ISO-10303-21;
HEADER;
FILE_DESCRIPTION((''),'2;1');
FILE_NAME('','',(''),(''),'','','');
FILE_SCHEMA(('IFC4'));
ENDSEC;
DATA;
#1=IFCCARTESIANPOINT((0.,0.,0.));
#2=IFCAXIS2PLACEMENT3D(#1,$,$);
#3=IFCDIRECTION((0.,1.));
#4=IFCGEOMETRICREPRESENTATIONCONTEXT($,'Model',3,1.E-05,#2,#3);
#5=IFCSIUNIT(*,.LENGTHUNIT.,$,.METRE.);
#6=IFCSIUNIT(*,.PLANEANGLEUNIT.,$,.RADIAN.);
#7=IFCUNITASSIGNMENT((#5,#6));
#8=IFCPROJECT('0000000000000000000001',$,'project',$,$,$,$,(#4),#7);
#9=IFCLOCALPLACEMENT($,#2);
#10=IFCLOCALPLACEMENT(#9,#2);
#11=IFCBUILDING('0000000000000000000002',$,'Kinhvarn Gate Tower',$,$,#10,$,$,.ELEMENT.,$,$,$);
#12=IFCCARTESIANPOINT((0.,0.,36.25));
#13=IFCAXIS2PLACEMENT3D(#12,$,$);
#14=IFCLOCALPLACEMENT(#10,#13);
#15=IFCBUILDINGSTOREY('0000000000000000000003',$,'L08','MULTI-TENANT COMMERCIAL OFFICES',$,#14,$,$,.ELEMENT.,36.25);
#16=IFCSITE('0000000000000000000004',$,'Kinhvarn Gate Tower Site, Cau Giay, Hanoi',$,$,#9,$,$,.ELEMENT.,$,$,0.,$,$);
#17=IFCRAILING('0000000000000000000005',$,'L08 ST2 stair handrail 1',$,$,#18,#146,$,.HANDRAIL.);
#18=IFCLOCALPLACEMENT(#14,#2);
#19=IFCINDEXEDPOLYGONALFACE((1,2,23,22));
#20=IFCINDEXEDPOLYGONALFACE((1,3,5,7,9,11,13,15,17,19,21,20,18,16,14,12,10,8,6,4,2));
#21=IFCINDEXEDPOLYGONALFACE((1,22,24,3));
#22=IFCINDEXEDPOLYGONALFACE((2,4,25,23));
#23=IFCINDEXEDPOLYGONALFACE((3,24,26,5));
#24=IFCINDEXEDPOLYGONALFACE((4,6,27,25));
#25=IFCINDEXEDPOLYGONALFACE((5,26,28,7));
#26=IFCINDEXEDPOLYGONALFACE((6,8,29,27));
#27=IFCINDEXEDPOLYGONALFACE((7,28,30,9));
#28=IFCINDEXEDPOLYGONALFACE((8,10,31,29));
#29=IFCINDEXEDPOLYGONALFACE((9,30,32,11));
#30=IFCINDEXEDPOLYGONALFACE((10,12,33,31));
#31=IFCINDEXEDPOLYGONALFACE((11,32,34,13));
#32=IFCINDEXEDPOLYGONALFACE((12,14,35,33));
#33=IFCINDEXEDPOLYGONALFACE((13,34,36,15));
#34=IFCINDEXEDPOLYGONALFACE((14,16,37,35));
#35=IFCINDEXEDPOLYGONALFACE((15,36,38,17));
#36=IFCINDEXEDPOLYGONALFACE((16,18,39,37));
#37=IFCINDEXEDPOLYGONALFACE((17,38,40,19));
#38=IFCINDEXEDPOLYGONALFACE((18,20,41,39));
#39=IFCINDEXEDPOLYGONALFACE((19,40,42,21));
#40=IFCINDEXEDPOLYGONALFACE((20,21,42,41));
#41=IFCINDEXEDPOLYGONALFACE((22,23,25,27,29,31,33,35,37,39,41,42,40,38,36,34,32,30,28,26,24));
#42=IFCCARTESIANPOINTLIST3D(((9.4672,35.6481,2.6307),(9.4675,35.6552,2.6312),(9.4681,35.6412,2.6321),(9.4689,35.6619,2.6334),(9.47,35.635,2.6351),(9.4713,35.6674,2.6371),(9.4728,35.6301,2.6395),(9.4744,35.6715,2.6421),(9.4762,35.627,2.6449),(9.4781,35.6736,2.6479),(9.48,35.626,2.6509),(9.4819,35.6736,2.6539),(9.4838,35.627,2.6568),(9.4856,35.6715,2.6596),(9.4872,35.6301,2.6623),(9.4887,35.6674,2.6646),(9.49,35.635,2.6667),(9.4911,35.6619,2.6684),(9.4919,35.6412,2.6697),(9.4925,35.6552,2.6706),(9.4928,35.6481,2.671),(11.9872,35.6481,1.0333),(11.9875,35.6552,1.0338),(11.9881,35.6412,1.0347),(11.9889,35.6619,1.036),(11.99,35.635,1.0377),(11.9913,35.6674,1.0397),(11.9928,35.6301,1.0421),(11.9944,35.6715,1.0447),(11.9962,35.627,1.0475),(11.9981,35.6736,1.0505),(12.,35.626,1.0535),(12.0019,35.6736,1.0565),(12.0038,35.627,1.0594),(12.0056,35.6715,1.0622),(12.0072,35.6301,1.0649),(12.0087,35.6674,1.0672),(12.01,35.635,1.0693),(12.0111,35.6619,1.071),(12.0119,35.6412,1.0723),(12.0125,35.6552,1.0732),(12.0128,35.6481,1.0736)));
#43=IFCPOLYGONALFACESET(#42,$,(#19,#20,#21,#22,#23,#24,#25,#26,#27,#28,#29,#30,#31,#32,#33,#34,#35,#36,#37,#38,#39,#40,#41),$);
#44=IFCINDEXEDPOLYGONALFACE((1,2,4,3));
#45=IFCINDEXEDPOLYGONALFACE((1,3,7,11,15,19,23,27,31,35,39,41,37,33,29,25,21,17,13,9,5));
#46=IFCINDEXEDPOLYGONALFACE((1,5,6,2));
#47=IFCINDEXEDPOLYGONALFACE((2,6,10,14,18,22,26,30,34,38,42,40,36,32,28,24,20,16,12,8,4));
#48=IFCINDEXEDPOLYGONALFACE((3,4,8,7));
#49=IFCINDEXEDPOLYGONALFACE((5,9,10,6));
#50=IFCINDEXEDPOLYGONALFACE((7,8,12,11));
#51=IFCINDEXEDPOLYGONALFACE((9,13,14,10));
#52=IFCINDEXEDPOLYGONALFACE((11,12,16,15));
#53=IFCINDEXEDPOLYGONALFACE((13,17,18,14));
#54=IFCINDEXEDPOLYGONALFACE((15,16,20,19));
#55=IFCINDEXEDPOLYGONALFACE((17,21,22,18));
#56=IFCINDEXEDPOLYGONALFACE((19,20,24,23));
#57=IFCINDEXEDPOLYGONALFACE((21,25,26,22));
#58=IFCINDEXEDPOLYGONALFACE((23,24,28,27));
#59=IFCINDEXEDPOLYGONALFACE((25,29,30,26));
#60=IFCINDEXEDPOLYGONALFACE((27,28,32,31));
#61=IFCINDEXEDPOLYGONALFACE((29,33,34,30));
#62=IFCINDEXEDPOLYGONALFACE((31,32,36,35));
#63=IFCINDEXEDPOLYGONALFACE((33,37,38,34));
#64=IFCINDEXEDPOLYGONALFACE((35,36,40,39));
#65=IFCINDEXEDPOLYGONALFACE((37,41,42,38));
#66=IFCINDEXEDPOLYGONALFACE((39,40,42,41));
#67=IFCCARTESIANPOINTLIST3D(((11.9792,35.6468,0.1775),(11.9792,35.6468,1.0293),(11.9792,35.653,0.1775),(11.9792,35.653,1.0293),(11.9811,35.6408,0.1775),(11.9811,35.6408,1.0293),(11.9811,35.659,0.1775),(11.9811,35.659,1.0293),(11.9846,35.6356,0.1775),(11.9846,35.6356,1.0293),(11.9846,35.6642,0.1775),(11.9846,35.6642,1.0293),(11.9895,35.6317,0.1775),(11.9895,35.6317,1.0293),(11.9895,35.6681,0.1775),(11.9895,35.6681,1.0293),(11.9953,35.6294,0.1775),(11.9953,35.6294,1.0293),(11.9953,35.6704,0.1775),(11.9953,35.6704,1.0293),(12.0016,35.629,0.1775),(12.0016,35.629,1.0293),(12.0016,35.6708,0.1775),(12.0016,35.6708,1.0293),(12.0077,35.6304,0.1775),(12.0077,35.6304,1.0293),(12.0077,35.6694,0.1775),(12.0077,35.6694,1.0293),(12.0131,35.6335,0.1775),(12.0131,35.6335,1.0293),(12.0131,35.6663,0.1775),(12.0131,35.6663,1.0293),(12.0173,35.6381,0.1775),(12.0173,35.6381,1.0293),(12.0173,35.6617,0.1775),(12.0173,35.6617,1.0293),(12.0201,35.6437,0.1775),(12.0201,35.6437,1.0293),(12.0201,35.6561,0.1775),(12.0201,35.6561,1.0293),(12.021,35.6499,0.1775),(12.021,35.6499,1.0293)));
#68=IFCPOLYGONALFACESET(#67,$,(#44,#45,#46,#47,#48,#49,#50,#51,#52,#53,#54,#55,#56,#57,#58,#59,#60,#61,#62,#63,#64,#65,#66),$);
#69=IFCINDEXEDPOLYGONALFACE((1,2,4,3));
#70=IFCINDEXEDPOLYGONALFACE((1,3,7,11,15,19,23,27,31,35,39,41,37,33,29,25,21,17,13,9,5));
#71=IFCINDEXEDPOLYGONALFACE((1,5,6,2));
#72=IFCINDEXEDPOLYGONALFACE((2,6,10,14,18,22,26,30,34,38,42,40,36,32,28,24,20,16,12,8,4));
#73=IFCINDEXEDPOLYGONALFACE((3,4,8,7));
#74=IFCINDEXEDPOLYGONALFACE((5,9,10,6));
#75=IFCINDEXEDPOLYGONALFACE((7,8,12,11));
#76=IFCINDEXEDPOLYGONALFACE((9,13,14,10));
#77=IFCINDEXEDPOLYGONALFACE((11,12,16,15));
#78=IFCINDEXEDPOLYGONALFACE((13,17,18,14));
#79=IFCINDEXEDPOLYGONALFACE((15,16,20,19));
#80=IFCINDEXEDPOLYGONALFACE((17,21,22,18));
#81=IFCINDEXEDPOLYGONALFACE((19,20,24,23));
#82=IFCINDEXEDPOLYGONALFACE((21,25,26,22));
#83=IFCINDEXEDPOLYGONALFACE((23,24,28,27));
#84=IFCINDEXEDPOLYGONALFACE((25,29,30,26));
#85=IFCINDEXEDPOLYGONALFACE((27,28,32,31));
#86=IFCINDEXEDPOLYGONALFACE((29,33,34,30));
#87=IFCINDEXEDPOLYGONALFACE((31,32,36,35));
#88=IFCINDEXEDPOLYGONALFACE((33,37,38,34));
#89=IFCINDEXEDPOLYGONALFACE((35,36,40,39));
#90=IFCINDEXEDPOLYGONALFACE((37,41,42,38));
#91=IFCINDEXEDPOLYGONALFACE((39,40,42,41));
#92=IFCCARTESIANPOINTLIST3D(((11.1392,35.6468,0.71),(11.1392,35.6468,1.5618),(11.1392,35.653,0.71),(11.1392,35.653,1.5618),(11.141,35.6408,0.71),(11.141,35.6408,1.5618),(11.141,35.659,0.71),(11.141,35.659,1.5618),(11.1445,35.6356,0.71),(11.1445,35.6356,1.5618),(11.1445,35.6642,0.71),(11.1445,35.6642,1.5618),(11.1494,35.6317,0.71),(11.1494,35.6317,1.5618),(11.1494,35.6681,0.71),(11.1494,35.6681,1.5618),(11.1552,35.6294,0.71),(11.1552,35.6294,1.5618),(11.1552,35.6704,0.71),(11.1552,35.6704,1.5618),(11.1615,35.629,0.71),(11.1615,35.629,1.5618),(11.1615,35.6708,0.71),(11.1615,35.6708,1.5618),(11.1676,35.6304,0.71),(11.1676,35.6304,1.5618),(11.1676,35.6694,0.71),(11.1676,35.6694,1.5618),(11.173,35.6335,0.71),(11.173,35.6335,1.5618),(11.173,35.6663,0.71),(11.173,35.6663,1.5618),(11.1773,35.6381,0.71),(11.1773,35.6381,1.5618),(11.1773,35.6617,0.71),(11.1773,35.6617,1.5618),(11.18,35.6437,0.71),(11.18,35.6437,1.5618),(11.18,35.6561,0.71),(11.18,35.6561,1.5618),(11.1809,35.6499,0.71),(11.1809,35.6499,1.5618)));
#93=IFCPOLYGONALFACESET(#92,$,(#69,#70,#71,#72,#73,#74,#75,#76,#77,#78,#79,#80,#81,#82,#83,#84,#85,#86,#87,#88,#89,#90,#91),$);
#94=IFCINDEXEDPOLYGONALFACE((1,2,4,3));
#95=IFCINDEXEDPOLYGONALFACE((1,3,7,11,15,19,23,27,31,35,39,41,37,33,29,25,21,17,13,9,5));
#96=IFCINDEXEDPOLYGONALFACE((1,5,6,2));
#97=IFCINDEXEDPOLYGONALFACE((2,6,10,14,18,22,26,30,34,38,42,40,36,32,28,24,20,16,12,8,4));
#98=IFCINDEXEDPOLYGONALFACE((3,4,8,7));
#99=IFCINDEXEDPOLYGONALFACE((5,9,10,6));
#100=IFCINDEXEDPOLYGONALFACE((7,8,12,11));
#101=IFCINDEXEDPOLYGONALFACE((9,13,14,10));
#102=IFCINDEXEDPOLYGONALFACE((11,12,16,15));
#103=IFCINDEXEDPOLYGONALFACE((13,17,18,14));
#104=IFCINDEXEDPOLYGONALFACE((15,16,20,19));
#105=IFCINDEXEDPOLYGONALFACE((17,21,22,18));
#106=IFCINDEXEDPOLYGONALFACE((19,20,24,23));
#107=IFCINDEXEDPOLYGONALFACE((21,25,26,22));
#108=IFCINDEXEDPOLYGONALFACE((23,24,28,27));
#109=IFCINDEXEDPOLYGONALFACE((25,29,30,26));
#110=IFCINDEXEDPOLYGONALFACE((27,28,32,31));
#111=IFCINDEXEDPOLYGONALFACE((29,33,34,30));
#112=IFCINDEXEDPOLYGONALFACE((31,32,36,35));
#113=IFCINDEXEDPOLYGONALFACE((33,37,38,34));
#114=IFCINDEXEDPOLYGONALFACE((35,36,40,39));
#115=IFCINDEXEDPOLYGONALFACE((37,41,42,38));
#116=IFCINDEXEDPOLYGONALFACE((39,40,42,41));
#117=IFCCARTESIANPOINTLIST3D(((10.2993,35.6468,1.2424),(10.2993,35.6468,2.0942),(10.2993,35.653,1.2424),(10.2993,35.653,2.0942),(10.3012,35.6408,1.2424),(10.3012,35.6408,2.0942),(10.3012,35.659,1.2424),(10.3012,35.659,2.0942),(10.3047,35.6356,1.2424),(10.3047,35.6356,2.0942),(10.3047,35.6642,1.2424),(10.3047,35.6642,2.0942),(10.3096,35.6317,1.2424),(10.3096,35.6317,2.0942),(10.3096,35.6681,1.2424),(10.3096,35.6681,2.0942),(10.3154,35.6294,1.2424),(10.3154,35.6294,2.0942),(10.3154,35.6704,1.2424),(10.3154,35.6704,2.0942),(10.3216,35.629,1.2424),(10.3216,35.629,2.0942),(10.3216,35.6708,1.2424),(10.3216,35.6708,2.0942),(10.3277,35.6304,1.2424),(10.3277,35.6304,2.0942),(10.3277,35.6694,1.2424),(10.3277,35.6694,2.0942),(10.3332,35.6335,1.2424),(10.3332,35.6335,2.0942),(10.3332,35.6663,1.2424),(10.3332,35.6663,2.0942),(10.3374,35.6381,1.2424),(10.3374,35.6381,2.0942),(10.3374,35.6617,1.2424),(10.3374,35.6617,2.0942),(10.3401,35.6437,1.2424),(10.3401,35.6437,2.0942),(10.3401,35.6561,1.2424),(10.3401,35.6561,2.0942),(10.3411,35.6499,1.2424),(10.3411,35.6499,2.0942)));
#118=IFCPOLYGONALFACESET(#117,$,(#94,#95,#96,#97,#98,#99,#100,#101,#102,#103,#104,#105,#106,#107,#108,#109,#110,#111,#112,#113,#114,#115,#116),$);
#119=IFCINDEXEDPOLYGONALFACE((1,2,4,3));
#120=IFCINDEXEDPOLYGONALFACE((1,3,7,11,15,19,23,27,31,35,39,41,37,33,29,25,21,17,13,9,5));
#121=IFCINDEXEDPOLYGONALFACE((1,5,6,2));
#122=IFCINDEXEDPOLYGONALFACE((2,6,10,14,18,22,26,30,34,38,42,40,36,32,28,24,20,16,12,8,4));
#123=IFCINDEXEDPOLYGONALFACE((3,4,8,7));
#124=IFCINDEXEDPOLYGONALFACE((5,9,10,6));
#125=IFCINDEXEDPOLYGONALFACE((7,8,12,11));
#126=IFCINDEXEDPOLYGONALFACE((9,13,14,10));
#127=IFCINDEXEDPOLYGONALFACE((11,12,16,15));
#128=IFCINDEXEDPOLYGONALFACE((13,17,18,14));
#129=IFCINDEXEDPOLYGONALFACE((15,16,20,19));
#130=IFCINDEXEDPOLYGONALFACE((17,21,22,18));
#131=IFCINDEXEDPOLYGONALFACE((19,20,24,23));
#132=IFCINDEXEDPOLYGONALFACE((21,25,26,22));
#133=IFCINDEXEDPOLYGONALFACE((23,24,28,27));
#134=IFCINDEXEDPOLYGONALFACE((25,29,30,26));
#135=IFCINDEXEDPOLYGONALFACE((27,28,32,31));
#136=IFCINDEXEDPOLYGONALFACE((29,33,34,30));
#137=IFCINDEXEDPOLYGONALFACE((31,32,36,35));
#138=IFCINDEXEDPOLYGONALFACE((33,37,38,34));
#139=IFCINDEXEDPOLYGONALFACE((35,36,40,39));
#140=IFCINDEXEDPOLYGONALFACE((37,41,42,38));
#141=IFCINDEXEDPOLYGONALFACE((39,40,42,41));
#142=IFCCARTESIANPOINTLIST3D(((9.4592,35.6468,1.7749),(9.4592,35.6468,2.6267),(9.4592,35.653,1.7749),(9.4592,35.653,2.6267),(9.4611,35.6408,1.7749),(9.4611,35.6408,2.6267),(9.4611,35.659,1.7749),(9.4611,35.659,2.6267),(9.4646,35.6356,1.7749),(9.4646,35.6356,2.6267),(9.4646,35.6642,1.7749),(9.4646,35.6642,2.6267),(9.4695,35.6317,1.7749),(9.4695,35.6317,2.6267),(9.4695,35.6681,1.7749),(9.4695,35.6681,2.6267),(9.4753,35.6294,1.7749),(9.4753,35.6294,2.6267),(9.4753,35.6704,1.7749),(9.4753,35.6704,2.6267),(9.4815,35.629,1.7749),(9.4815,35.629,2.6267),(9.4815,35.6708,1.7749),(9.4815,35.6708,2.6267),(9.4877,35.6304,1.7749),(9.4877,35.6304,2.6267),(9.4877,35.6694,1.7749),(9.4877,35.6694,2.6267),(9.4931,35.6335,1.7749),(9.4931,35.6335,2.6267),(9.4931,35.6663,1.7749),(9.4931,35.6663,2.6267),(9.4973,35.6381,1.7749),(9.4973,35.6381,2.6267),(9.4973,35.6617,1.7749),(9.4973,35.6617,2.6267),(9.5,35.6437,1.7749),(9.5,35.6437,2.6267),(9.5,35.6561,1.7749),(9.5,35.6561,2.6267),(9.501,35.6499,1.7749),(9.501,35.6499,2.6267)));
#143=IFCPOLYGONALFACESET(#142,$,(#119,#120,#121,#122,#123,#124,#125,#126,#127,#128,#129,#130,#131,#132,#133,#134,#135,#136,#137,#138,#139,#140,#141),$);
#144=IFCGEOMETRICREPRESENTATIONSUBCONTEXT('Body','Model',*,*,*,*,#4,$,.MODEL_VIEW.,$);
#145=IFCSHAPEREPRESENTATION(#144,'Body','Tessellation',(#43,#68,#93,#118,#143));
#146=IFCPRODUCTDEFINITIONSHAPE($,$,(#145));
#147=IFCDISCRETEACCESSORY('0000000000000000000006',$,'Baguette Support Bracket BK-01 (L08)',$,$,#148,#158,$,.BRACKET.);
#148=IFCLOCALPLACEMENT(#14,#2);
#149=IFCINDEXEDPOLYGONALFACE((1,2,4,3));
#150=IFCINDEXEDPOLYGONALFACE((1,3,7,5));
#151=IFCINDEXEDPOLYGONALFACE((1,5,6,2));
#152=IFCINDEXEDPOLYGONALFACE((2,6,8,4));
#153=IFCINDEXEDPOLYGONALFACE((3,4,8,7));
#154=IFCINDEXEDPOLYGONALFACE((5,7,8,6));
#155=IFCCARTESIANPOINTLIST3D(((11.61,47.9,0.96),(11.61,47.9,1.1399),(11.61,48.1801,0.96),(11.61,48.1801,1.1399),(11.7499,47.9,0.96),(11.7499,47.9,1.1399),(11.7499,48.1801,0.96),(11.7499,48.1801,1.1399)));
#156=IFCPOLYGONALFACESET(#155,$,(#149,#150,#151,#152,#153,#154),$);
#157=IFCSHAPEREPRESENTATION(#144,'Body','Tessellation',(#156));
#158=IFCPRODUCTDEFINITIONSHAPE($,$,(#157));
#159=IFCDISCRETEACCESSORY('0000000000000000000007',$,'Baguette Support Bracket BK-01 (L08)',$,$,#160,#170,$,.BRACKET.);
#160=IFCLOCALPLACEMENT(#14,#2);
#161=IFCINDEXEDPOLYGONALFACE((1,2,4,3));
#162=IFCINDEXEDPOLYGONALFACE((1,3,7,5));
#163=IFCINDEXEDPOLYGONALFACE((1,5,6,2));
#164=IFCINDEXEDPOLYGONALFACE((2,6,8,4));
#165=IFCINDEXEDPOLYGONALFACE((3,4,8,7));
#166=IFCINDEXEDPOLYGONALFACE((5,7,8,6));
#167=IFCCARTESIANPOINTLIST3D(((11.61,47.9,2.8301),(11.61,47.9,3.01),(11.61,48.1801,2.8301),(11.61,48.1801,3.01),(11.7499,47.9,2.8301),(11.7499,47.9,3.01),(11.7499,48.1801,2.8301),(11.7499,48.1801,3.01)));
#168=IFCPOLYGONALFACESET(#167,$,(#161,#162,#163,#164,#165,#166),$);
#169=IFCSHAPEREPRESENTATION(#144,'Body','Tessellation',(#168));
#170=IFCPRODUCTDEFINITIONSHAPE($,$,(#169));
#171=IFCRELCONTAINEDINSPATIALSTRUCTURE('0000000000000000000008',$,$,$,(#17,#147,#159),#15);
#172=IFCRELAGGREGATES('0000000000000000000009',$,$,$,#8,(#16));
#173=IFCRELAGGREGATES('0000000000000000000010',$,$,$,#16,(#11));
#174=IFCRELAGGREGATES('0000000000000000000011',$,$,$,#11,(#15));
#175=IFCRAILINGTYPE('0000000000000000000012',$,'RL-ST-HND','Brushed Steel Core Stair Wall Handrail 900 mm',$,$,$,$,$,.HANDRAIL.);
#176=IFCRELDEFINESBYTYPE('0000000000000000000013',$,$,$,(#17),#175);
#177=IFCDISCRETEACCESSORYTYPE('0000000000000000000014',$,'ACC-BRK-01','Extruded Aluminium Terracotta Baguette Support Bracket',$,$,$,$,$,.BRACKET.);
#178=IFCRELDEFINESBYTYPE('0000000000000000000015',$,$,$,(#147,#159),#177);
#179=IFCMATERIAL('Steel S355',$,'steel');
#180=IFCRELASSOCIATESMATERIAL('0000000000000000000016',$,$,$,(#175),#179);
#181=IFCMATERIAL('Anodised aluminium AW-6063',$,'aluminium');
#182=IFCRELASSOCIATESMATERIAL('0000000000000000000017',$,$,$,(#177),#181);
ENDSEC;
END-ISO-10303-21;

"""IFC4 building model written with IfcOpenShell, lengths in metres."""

from ifc_helpers import new_model, si_unit, direction, frame, origin, origin_2d, place, context, subcontext, project, spatial, rectangle, circle, extrude, material, type_object, element, save


model = new_model("IFC4")

# Units and contexts
model_context = context("Model", 3, precision=1e-05, world=origin(), true_north=direction((0.0, 1.0)))
body_context = subcontext(model_context, "Body", "Model", "MODEL_VIEW")
ifc_project = project(units=[si_unit("LENGTHUNIT", "METRE"), si_unit("PLANEANGLEUNIT", "RADIAN")], contexts=[model_context])

# Site, building, storey
site_placement = place(None, origin())
site = spatial("IfcSite", under=ifc_project, at=site_placement, Name="Kinhvarn Gate Tower Site, Cau Giay, Hanoi", CompositionType="ELEMENT", RefElevation=0.0)
building_placement = place(site_placement, origin())
building = spatial("IfcBuilding", under=site, at=building_placement, Name="Kinhvarn Gate Tower", CompositionType="ELEMENT")
storey_placement = place(building_placement, frame((0.0, 0.0, 36.25)))
storey = spatial("IfcBuildingStorey", under=building, at=storey_placement, Name="L08", Description="MULTI-TENANT COMMERCIAL OFFICES", CompositionType="ELEMENT", Elevation=36.25)

# Shared definitions
ifc_material_1 = material(Name="Anodised aluminium AW-6063", Category="aluminium")

# Shared definitions
ifc_material_2 = material(Name="Steel S355", Category="steel")

# Railing
railing_type_1 = type_object("IfcRailingType", Name="RL-ST-HND", Description="Brushed Steel Core Stair Wall Handrail 900 mm", PredefinedType="HANDRAIL", material=ifc_material_2)
railing_1_placement = place(storey_placement, frame((12.0, 35.6499, 0.1775)))
element("IfcRailing", 1, at=railing_1_placement, inside=storey, type_object=railing_type_1, Name="L08 ST2 stair handrail 1", PredefinedType="HANDRAIL", context=body_context, shape_type="SweptSolid", body=[
    extrude(circle(Radius=0.0239, at=origin_2d()), frame((0.0, 0.0, 0.876), z_axis=(-0.844607, 0.0, 0.535387), x_axis=(0.0, -1.0, 0.0)), (0.0, 0.0, 1.0), 2.9836),
    extrude(circle(Radius=0.021, at=origin_2d()), origin(), (0.0, 0.0, 1.0), 0.8518),
    extrude(circle(Radius=0.021, at=origin_2d()), frame((-0.8401, 0.0, 0.5325)), (0.0, 0.0, 1.0), 0.8518),
    extrude(circle(Radius=0.021, at=origin_2d()), frame((-1.6799, 0.0, 1.0649)), (0.0, 0.0, 1.0), 0.8518),
    extrude(circle(Radius=0.021, at=origin_2d()), frame((-2.52, 0.0, 1.5974)), (0.0, 0.0, 1.0), 0.8518),
])

# Discrete accessories
discrete_accessory_type = type_object("IfcDiscreteAccessoryType", Name="ACC-BRK-01", Description="Extruded Aluminium Terracotta Baguette Support Bracket", PredefinedType="BRACKET", material=ifc_material_1)
for number, where, z_axis, x_axis, name in (
    (2, (11.6799, 48.04, 0.96), (0.0, 0.0, 1.0), (-1.0, 0.0, 0.0), "Baguette Support Bracket BK-01 (L08)"),
    (3, (11.6799, 48.04, 2.8301), (0.0, 0.0, 1.0), (-1.0, 0.0, 0.0), "Baguette Support Bracket BK-01 (L08)"),
):
    element("IfcDiscreteAccessory", number, at=place(storey_placement, frame(where, z_axis=z_axis, x_axis=x_axis)), inside=storey, type_object=discrete_accessory_type, Name=name, PredefinedType="BRACKET", context=body_context, shape_type="SweptSolid", body=[
        extrude(rectangle(XDim=0.1399, YDim=0.28, at=origin_2d()), origin(), (0.0, 0.0, 1.0), 0.1799),
    ])

save(model, "model.ifc")
